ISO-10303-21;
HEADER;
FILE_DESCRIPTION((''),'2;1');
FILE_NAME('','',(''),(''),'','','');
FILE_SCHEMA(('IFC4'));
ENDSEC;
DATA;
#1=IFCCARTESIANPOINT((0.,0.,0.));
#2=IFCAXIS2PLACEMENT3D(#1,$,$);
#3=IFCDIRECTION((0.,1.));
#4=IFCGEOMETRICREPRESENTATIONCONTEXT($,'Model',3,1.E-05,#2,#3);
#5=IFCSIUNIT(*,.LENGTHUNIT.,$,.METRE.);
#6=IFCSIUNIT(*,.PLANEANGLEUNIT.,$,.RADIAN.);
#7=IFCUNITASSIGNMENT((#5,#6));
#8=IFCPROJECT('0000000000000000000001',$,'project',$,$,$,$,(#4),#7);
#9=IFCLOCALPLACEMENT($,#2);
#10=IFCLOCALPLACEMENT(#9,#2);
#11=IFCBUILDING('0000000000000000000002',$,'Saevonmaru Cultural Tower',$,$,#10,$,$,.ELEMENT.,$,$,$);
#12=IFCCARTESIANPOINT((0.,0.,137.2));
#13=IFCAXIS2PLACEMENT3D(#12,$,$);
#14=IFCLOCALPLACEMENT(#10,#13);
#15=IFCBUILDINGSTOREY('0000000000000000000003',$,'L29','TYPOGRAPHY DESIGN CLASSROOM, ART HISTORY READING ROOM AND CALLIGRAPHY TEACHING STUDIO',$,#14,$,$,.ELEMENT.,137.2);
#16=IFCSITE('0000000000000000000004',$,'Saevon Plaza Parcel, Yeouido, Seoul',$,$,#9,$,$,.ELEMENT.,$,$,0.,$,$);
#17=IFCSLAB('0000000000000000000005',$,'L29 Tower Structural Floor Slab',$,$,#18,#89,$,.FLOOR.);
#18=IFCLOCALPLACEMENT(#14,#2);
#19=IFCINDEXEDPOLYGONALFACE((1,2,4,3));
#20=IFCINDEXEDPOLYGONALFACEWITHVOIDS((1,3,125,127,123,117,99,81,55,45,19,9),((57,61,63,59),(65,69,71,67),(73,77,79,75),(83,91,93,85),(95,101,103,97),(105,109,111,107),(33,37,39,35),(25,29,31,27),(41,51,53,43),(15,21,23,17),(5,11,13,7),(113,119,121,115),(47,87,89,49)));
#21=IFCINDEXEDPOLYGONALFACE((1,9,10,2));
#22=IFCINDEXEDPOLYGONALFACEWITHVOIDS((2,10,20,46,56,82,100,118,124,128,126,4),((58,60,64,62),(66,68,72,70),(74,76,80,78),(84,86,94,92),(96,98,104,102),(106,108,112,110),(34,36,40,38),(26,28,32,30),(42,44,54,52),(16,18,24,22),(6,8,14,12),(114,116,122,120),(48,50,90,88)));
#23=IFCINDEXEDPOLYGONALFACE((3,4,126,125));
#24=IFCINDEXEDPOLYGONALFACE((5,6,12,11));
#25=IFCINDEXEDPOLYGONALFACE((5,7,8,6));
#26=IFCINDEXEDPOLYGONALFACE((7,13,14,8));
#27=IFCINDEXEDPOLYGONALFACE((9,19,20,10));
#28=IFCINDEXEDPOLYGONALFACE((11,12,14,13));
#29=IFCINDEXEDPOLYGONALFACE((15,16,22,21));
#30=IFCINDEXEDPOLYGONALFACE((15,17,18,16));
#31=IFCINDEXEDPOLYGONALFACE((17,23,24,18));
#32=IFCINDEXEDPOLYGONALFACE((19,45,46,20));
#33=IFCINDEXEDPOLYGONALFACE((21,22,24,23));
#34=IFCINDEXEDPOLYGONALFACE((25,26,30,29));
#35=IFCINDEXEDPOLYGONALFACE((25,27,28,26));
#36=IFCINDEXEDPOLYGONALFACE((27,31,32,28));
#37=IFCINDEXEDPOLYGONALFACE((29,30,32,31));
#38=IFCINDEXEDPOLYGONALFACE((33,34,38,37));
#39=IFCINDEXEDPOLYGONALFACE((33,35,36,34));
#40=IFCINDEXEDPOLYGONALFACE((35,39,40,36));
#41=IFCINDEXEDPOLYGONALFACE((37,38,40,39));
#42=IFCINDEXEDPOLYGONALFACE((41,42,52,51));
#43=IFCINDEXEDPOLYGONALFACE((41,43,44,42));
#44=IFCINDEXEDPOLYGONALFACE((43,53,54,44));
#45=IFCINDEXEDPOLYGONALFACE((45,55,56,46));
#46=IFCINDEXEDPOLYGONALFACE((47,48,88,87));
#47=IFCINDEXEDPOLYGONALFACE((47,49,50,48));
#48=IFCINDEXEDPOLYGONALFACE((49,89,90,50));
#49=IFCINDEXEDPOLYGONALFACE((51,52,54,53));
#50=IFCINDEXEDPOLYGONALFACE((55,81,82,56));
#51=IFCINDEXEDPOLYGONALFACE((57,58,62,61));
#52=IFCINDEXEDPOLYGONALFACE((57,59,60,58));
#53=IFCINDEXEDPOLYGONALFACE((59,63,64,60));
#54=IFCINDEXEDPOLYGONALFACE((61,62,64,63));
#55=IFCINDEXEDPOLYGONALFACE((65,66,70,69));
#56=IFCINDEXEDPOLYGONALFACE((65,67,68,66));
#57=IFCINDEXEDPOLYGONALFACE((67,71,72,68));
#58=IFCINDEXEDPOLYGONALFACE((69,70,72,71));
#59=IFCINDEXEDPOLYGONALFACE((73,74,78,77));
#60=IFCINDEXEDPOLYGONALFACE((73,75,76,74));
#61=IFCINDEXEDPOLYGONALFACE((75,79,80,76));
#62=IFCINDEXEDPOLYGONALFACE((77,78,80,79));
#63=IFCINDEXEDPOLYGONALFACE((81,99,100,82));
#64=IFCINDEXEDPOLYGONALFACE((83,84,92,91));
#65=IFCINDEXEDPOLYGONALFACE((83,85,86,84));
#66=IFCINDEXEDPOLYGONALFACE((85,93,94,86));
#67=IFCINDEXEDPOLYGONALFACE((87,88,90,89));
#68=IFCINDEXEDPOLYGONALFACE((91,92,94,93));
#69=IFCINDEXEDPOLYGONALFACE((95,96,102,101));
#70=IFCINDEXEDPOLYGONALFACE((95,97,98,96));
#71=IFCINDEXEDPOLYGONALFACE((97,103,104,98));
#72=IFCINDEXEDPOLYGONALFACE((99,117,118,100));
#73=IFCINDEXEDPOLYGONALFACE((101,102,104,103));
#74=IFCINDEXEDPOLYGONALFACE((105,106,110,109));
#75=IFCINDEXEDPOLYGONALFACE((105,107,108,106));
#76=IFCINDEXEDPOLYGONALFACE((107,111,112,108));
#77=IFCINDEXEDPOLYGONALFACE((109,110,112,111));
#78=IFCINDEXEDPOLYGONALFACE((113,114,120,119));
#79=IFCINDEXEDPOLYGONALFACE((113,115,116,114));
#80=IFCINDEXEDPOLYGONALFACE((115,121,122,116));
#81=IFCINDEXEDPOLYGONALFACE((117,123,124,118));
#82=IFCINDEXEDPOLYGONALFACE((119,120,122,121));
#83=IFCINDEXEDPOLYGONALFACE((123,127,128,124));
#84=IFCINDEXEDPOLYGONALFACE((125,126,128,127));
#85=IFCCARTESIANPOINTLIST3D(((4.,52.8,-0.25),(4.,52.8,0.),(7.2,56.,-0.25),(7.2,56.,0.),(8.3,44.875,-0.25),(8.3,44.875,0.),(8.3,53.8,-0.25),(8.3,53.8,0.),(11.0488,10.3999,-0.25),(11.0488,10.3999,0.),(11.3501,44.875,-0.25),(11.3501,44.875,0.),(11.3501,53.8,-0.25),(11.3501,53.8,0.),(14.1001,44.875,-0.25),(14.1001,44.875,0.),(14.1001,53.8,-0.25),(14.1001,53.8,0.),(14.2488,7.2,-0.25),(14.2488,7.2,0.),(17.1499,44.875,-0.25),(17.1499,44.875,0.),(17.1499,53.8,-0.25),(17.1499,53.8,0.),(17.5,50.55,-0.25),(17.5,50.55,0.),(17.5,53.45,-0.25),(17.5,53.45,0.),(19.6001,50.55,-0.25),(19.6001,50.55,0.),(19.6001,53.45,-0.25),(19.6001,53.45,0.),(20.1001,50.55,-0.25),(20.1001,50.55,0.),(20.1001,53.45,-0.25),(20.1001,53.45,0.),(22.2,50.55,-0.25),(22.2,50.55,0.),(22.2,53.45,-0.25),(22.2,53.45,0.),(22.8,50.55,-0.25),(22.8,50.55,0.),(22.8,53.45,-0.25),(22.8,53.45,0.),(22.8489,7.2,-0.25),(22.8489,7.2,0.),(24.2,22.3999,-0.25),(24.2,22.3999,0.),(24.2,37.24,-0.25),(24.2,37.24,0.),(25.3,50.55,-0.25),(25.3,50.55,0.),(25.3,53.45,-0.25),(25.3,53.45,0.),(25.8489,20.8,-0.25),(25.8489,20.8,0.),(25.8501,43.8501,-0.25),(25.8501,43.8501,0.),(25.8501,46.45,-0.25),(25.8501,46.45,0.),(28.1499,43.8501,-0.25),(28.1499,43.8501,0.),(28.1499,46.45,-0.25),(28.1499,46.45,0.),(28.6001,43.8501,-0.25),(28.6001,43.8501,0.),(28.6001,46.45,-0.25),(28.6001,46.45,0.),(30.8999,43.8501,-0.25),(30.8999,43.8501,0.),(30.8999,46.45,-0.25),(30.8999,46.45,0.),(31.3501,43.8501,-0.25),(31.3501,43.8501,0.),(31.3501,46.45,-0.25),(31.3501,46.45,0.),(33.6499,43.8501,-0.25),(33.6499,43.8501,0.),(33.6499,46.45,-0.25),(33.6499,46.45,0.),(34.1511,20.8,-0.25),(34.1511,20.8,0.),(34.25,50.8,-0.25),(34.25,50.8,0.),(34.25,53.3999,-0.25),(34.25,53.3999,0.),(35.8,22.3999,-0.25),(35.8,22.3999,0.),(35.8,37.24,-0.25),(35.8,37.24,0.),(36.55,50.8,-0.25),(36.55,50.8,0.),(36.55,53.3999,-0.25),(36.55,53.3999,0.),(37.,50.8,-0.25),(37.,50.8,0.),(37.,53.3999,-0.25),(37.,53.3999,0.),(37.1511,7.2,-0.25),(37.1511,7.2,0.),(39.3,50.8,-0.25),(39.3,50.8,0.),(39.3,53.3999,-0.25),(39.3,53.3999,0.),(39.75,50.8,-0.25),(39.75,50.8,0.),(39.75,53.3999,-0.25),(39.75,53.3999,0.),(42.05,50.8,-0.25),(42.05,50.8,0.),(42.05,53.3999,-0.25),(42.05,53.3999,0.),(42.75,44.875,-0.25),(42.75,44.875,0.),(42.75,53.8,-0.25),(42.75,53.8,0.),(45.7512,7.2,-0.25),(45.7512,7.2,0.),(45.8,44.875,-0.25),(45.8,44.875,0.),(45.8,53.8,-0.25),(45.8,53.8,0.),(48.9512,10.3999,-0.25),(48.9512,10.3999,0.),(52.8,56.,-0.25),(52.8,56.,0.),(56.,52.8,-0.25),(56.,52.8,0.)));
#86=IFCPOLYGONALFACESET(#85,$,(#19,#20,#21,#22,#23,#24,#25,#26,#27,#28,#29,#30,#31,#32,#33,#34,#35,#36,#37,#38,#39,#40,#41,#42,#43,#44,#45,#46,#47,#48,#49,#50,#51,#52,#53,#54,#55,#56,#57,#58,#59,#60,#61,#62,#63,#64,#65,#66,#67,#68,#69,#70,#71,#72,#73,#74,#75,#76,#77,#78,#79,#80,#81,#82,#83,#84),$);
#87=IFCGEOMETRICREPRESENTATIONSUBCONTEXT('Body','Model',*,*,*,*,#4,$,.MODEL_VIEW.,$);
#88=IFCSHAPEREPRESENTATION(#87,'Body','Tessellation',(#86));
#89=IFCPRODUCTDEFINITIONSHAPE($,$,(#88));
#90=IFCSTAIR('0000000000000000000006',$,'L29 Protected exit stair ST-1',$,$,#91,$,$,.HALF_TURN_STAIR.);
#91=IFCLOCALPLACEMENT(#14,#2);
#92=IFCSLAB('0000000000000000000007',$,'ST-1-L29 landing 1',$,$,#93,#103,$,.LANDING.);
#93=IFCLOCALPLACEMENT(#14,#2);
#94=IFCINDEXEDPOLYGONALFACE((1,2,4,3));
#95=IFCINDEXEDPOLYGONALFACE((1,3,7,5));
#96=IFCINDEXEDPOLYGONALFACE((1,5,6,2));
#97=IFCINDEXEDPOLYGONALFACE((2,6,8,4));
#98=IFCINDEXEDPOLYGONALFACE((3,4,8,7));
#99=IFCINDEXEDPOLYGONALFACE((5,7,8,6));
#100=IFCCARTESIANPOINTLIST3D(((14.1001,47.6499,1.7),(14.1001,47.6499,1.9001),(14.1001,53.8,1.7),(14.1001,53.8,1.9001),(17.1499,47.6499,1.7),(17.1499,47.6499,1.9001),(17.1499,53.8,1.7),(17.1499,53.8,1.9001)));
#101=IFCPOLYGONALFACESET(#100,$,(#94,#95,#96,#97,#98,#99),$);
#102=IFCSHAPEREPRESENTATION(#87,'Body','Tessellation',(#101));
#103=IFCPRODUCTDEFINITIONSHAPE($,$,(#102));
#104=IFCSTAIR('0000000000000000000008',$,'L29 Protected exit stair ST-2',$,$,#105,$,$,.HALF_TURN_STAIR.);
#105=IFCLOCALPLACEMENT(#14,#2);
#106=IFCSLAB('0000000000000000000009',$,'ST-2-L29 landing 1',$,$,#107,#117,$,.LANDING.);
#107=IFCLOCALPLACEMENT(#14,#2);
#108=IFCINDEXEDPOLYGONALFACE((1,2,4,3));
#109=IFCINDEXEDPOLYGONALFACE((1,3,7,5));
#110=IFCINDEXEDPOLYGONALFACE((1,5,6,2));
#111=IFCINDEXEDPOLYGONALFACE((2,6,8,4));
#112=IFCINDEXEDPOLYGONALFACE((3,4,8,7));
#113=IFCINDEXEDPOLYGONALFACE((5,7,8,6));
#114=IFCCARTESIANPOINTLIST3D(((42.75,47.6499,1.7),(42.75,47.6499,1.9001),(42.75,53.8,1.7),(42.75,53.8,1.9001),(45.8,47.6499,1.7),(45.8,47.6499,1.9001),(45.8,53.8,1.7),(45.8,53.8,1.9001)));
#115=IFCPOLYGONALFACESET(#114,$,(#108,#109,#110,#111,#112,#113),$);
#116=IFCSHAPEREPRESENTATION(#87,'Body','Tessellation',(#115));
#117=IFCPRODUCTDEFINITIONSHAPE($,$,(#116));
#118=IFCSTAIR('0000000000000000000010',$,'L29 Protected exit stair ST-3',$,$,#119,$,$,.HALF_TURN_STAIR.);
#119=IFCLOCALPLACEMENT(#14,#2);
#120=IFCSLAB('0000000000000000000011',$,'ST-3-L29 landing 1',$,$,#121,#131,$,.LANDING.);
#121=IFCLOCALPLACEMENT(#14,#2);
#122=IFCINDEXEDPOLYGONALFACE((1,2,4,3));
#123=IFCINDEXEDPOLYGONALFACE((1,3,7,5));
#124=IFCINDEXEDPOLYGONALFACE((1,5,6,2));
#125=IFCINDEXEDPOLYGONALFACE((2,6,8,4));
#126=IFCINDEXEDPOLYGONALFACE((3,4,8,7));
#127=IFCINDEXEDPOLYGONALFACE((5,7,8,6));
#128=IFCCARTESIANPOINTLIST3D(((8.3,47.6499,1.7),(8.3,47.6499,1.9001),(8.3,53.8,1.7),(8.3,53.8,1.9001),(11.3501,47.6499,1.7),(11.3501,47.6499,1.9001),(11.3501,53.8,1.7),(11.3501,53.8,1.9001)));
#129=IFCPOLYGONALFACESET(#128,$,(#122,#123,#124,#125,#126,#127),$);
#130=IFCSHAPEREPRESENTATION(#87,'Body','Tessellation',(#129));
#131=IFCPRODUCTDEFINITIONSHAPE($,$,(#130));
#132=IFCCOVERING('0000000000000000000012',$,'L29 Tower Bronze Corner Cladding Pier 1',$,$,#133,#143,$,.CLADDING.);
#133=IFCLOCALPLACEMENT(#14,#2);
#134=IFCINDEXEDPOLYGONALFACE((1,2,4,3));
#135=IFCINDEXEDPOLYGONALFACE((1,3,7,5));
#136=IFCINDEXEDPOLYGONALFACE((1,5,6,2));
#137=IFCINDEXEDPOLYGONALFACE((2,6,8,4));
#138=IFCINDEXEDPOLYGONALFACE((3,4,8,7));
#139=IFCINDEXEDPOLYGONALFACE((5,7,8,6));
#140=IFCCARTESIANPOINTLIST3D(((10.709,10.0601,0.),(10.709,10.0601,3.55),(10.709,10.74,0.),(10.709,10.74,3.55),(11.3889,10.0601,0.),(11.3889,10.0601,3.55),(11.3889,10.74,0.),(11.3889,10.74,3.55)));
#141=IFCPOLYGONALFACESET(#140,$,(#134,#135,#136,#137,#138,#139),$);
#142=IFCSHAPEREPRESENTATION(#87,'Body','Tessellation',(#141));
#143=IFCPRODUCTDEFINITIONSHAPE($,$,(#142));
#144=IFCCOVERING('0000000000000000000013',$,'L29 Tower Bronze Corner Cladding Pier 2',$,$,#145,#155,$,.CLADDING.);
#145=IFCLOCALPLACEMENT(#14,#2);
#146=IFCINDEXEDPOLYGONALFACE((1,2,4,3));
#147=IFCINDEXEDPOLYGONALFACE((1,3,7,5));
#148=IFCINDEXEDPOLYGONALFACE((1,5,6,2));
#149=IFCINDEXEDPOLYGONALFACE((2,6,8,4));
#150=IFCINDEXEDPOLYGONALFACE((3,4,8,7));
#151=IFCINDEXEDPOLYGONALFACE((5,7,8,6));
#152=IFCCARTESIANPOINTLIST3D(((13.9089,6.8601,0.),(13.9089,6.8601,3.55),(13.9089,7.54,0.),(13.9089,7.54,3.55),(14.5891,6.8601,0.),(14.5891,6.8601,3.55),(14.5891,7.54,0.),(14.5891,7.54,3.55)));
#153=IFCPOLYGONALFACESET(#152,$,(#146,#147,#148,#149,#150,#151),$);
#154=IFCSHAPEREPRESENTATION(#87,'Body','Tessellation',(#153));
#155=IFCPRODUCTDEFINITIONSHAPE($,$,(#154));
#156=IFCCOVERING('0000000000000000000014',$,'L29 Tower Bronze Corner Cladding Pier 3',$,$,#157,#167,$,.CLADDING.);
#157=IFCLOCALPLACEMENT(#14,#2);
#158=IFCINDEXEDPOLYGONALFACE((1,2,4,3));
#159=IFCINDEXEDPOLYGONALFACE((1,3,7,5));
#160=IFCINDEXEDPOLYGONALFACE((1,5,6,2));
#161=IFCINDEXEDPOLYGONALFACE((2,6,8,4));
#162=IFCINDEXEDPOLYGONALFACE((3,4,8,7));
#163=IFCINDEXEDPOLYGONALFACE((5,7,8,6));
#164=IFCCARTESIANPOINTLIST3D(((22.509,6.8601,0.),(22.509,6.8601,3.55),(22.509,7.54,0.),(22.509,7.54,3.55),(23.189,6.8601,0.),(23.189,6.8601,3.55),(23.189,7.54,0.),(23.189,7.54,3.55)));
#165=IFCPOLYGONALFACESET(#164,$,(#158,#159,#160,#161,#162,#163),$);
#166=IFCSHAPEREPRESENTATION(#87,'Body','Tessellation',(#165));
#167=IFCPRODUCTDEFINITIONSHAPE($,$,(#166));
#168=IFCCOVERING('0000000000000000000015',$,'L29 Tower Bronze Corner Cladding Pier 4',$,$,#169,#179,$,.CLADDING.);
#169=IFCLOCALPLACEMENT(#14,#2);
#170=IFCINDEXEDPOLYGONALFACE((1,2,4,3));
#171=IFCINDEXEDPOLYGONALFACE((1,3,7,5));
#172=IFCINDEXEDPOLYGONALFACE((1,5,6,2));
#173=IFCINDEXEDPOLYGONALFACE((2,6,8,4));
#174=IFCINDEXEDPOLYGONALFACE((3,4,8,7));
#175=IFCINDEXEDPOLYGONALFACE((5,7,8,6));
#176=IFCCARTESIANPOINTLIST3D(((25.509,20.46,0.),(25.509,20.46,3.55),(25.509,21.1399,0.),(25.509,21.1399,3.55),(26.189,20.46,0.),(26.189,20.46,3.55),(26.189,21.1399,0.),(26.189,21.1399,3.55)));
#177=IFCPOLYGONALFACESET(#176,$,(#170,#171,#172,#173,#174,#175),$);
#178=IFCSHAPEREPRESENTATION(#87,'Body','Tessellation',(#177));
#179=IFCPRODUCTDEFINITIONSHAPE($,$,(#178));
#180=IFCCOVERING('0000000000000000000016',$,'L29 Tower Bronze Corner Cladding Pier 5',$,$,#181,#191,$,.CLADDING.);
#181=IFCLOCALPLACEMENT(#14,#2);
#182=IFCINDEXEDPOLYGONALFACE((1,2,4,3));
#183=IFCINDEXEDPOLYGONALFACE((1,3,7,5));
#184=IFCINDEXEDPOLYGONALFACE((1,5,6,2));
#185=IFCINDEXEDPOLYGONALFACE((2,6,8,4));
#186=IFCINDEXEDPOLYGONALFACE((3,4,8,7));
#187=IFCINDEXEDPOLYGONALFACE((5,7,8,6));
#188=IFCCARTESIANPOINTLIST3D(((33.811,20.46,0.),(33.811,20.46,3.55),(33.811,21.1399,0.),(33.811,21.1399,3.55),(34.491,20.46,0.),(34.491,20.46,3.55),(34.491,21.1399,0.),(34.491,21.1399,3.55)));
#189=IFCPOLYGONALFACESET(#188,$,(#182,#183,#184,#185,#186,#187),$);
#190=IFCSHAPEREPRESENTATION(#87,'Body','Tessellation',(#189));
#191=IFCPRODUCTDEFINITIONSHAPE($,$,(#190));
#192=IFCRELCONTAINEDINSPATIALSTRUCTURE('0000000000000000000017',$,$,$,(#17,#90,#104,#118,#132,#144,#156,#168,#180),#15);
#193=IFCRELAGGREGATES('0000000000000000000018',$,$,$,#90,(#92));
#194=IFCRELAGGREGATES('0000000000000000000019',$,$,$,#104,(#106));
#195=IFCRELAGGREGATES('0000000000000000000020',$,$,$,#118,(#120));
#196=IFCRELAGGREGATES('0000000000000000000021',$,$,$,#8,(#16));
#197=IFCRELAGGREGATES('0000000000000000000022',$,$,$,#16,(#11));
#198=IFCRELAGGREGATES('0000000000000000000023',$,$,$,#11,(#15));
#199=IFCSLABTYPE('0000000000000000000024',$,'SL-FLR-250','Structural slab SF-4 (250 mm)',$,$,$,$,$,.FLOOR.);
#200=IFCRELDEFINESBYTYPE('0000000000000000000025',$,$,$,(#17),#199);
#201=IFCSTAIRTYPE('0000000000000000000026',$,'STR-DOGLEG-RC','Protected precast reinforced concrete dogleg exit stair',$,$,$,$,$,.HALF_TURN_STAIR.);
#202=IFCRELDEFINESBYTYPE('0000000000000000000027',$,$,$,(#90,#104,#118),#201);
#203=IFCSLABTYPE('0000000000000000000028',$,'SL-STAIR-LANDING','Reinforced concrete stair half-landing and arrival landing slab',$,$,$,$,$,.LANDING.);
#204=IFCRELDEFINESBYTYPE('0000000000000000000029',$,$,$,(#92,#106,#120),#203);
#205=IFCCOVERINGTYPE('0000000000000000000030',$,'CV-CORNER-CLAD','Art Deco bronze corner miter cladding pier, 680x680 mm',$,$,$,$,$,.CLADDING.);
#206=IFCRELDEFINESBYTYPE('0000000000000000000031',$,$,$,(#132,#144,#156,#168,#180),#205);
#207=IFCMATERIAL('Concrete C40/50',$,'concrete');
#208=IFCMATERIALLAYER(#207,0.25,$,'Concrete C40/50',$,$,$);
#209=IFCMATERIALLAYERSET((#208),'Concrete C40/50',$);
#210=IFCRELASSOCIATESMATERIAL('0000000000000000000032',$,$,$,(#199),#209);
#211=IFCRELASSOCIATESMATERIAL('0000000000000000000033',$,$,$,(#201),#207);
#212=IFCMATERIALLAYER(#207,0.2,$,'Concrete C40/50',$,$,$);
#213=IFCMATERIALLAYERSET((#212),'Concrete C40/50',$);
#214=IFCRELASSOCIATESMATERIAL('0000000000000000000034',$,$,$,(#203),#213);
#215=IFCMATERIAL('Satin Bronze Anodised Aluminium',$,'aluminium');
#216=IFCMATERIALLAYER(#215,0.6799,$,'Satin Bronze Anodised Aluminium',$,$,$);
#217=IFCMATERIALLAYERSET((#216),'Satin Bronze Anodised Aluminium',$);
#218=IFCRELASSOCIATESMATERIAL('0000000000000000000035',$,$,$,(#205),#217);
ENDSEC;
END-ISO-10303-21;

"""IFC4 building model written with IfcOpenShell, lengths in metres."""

from ifc_helpers import new_model, si_unit, direction, frame, origin, place, context, subcontext, project, spatial, polyline, outline, extrude, material, layer, layer_set, type_object, element, aggregate, save


model = new_model("IFC4")

# Units and contexts
model_context = context("Model", 3, precision=1e-05, world=origin(), true_north=direction((0.0, 1.0)))
body_context = subcontext(model_context, "Body", "Model", "MODEL_VIEW")
ifc_project = project(units=[si_unit("LENGTHUNIT", "METRE"), si_unit("PLANEANGLEUNIT", "RADIAN")], contexts=[model_context])

# Site, building, storey
site_placement = place(None, origin())
site = spatial("IfcSite", under=ifc_project, at=site_placement, Name="Saevon Plaza Parcel, Yeouido, Seoul", CompositionType="ELEMENT", RefElevation=0.0)
building_placement = place(site_placement, origin())
building = spatial("IfcBuilding", under=site, at=building_placement, Name="Saevonmaru Cultural Tower", CompositionType="ELEMENT")
storey_placement = place(building_placement, frame((0.0, 0.0, 137.2)))
storey = spatial("IfcBuildingStorey", under=building, at=storey_placement, Name="L29", Description="TYPOGRAPHY DESIGN CLASSROOM, ART HISTORY READING ROOM AND CALLIGRAPHY TEACHING STUDIO", CompositionType="ELEMENT", Elevation=137.2)

# Shared definitions
ifc_material_1 = material(Name="Satin Bronze Anodised Aluminium", Category="aluminium")

# Slab
ifc_material_2 = material(Name="Concrete C40/50", Category="concrete")
ifc_layer_1 = layer(ifc_material_2, 0.25, Name="Concrete C40/50")
ifc_layer_set_1 = layer_set([ifc_layer_1], Name="Concrete C40/50")
slab_type_1 = type_object("IfcSlabType", Name="SL-FLR-250", Description="Structural slab SF-4 (250 mm)", PredefinedType="FLOOR", material=ifc_layer_set_1)
slab_1_placement = place(storey_placement, frame((0.0, 0.0, -0.25)))
element("IfcSlab", 1, at=slab_1_placement, inside=storey, type_object=slab_type_1, Name="L29 Tower Structural Floor Slab", PredefinedType="FLOOR", context=body_context, shape_type="SweptSolid", body=[
    extrude(outline(polyline([(11.0488, 10.3999), (14.2488, 7.2), (22.8489, 7.2), (25.8489, 20.8), (34.1511, 20.8), (37.1511, 7.2), (45.7512, 7.2), (48.9512, 10.3999), (56.0, 52.8), (52.8, 56.0), (7.2, 56.0), (4.0, 52.8), (11.0488, 10.3999)]), holes=[polyline([(45.8, 44.875), (42.75, 44.875), (42.75, 53.8), (45.8, 53.8), (45.8, 44.875)]), polyline([(39.75, 50.8), (39.75, 53.3999), (42.05, 53.3999), (42.05, 50.8), (39.75, 50.8)]), polyline([(37.0, 50.8), (37.0, 53.3999), (39.3, 53.3999), (39.3, 50.8), (37.0, 50.8)]), polyline([(34.25, 50.8), (34.25, 53.3999), (36.55, 53.3999), (36.55, 50.8), (34.25, 50.8)]), polyline([(24.2, 22.3999), (24.2, 37.24), (35.8, 37.24), (35.8, 22.3999), (24.2, 22.3999)]), polyline([(31.3501, 43.8501), (31.3501, 46.45), (33.6499, 46.45), (33.6499, 43.8501), (31.3501, 43.8501)]), polyline([(28.6001, 43.8501), (28.6001, 46.45), (30.8999, 46.45), (30.8999, 43.8501), (28.6001, 43.8501)]), polyline([(28.1499, 43.8501), (25.8501, 43.8501), (25.8501, 46.45), (28.1499, 46.45), (28.1499, 43.8501)]), polyline([(25.3, 50.55), (22.8, 50.55), (22.8, 53.45), (25.3, 53.45), (25.3, 50.55)]), polyline([(20.1001, 50.55), (20.1001, 53.45), (22.2, 53.45), (22.2, 50.55), (20.1001, 50.55)]), polyline([(17.5, 50.55), (17.5, 53.45), (19.6001, 53.45), (19.6001, 50.55), (17.5, 50.55)]), polyline([(17.1499, 53.8), (17.1499, 44.875), (14.1001, 44.875), (14.1001, 53.8), (17.1499, 53.8)]), polyline([(11.3501, 44.875), (8.3, 44.875), (8.3, 53.8), (11.3501, 53.8), (11.3501, 44.875)])]), origin(), (0.0, 0.0, 1.0), 0.25),
])

# Stairs, slabs
stair_type = type_object("IfcStairType", Name="STR-DOGLEG-RC", Description="Protected precast reinforced concrete dogleg exit stair", PredefinedType="HALF_TURN_STAIR", material=ifc_material_2)
stair_1_placement = place(storey_placement, origin())
stair_1 = element("IfcStair", 2, at=stair_1_placement, inside=storey, type_object=stair_type, Name="L29 Protected exit stair ST-1", PredefinedType="HALF_TURN_STAIR")
ifc_layer_2 = layer(ifc_material_2, 0.2, Name="Concrete C40/50")
ifc_layer_set_2 = layer_set([ifc_layer_2], Name="Concrete C40/50")
slab_type_2 = type_object("IfcSlabType", Name="SL-STAIR-LANDING", Description="Reinforced concrete stair half-landing and arrival landing slab", PredefinedType="LANDING", material=ifc_layer_set_2)
slab_2_placement = place(storey_placement, frame((0.0, 0.0, 1.7)))
slab_2 = element("IfcSlab", 3, at=slab_2_placement, type_object=slab_type_2, Name="ST-1-L29 landing 1", PredefinedType="LANDING", context=body_context, shape_type="SweptSolid", body=[
    extrude(outline(polyline([(17.1499, 47.6499), (17.1499, 53.8), (14.1001, 53.8), (14.1001, 47.6499), (17.1499, 47.6499)])), origin(), (0.0, 0.0, 1.0), 0.2002),
])
aggregate(stair_1, [slab_2])
stair_2_placement = place(storey_placement, origin())
stair_2 = element("IfcStair", 4, at=stair_2_placement, inside=storey, type_object=stair_type, Name="L29 Protected exit stair ST-2", PredefinedType="HALF_TURN_STAIR")
slab_3_placement = place(storey_placement, frame((0.0, 0.0, 1.7)))
slab_3 = element("IfcSlab", 5, at=slab_3_placement, type_object=slab_type_2, Name="ST-2-L29 landing 1", PredefinedType="LANDING", context=body_context, shape_type="SweptSolid", body=[
    extrude(outline(polyline([(45.8, 47.6499), (45.8, 53.8), (42.75, 53.8), (42.75, 47.6499), (45.8, 47.6499)])), origin(), (0.0, 0.0, 1.0), 0.2002),
])
aggregate(stair_2, [slab_3])
stair_3_placement = place(storey_placement, origin())
stair_3 = element("IfcStair", 6, at=stair_3_placement, inside=storey, type_object=stair_type, Name="L29 Protected exit stair ST-3", PredefinedType="HALF_TURN_STAIR")
slab_4_placement = place(storey_placement, frame((0.0, 0.0, 1.7)))
slab_4 = element("IfcSlab", 7, at=slab_4_placement, type_object=slab_type_2, Name="ST-3-L29 landing 1", PredefinedType="LANDING", context=body_context, shape_type="SweptSolid", body=[
    extrude(outline(polyline([(11.3501, 47.6499), (11.3501, 53.8), (8.3, 53.8), (8.3, 47.6499), (11.3501, 47.6499)])), origin(), (0.0, 0.0, 1.0), 0.2002),
])
aggregate(stair_3, [slab_4])

# Coverings
ifc_layer_3 = layer(ifc_material_1, 0.6799, Name="Satin Bronze Anodised Aluminium")
ifc_layer_set_3 = layer_set([ifc_layer_3], Name="Satin Bronze Anodised Aluminium")
covering_type = type_object("IfcCoveringType", Name="CV-CORNER-CLAD", Description="Art Deco bronze corner miter cladding pier, 680x680 mm", PredefinedType="CLADDING", material=ifc_layer_set_3)
covering_1_placement = place(storey_placement, origin())
element("IfcCovering", 8, at=covering_1_placement, inside=storey, type_object=covering_type, Name="L29 Tower Bronze Corner Cladding Pier 1", PredefinedType="CLADDING", context=body_context, shape_type="SweptSolid", body=[
    extrude(outline(polyline([(10.709, 10.0601), (11.3889, 10.0601), (11.3889, 10.74), (10.709, 10.74), (10.709, 10.0601)])), origin(), (0.0, 0.0, 1.0), 3.55),
])
covering_2_placement = place(storey_placement, origin())
element("IfcCovering", 9, at=covering_2_placement, inside=storey, type_object=covering_type, Name="L29 Tower Bronze Corner Cladding Pier 2", PredefinedType="CLADDING", context=body_context, shape_type="SweptSolid", body=[
    extrude(outline(polyline([(13.9089, 6.8601), (14.5891, 6.8601), (14.5891, 7.54), (13.9089, 7.54), (13.9089, 6.8601)])), origin(), (0.0, 0.0, 1.0), 3.55),
])
covering_3_placement = place(storey_placement, origin())
element("IfcCovering", 10, at=covering_3_placement, inside=storey, type_object=covering_type, Name="L29 Tower Bronze Corner Cladding Pier 3", PredefinedType="CLADDING", context=body_context, shape_type="SweptSolid", body=[
    extrude(outline(polyline([(22.509, 6.8601), (23.189, 6.8601), (23.189, 7.54), (22.509, 7.54), (22.509, 6.8601)])), origin(), (0.0, 0.0, 1.0), 3.55),
])
covering_4_placement = place(storey_placement, origin())
element("IfcCovering", 11, at=covering_4_placement, inside=storey, type_object=covering_type, Name="L29 Tower Bronze Corner Cladding Pier 4", PredefinedType="CLADDING", context=body_context, shape_type="SweptSolid", body=[
    extrude(outline(polyline([(25.509, 20.46), (26.189, 20.46), (26.189, 21.1399), (25.509, 21.1399), (25.509, 20.46)])), origin(), (0.0, 0.0, 1.0), 3.55),
])
covering_5_placement = place(storey_placement, origin())
element("IfcCovering", 12, at=covering_5_placement, inside=storey, type_object=covering_type, Name="L29 Tower Bronze Corner Cladding Pier 5", PredefinedType="CLADDING", context=body_context, shape_type="SweptSolid", body=[
    extrude(outline(polyline([(33.811, 20.46), (34.491, 20.46), (34.491, 21.1399), (33.811, 21.1399), (33.811, 20.46)])), origin(), (0.0, 0.0, 1.0), 3.55),
])

save(model, "model.ifc")
